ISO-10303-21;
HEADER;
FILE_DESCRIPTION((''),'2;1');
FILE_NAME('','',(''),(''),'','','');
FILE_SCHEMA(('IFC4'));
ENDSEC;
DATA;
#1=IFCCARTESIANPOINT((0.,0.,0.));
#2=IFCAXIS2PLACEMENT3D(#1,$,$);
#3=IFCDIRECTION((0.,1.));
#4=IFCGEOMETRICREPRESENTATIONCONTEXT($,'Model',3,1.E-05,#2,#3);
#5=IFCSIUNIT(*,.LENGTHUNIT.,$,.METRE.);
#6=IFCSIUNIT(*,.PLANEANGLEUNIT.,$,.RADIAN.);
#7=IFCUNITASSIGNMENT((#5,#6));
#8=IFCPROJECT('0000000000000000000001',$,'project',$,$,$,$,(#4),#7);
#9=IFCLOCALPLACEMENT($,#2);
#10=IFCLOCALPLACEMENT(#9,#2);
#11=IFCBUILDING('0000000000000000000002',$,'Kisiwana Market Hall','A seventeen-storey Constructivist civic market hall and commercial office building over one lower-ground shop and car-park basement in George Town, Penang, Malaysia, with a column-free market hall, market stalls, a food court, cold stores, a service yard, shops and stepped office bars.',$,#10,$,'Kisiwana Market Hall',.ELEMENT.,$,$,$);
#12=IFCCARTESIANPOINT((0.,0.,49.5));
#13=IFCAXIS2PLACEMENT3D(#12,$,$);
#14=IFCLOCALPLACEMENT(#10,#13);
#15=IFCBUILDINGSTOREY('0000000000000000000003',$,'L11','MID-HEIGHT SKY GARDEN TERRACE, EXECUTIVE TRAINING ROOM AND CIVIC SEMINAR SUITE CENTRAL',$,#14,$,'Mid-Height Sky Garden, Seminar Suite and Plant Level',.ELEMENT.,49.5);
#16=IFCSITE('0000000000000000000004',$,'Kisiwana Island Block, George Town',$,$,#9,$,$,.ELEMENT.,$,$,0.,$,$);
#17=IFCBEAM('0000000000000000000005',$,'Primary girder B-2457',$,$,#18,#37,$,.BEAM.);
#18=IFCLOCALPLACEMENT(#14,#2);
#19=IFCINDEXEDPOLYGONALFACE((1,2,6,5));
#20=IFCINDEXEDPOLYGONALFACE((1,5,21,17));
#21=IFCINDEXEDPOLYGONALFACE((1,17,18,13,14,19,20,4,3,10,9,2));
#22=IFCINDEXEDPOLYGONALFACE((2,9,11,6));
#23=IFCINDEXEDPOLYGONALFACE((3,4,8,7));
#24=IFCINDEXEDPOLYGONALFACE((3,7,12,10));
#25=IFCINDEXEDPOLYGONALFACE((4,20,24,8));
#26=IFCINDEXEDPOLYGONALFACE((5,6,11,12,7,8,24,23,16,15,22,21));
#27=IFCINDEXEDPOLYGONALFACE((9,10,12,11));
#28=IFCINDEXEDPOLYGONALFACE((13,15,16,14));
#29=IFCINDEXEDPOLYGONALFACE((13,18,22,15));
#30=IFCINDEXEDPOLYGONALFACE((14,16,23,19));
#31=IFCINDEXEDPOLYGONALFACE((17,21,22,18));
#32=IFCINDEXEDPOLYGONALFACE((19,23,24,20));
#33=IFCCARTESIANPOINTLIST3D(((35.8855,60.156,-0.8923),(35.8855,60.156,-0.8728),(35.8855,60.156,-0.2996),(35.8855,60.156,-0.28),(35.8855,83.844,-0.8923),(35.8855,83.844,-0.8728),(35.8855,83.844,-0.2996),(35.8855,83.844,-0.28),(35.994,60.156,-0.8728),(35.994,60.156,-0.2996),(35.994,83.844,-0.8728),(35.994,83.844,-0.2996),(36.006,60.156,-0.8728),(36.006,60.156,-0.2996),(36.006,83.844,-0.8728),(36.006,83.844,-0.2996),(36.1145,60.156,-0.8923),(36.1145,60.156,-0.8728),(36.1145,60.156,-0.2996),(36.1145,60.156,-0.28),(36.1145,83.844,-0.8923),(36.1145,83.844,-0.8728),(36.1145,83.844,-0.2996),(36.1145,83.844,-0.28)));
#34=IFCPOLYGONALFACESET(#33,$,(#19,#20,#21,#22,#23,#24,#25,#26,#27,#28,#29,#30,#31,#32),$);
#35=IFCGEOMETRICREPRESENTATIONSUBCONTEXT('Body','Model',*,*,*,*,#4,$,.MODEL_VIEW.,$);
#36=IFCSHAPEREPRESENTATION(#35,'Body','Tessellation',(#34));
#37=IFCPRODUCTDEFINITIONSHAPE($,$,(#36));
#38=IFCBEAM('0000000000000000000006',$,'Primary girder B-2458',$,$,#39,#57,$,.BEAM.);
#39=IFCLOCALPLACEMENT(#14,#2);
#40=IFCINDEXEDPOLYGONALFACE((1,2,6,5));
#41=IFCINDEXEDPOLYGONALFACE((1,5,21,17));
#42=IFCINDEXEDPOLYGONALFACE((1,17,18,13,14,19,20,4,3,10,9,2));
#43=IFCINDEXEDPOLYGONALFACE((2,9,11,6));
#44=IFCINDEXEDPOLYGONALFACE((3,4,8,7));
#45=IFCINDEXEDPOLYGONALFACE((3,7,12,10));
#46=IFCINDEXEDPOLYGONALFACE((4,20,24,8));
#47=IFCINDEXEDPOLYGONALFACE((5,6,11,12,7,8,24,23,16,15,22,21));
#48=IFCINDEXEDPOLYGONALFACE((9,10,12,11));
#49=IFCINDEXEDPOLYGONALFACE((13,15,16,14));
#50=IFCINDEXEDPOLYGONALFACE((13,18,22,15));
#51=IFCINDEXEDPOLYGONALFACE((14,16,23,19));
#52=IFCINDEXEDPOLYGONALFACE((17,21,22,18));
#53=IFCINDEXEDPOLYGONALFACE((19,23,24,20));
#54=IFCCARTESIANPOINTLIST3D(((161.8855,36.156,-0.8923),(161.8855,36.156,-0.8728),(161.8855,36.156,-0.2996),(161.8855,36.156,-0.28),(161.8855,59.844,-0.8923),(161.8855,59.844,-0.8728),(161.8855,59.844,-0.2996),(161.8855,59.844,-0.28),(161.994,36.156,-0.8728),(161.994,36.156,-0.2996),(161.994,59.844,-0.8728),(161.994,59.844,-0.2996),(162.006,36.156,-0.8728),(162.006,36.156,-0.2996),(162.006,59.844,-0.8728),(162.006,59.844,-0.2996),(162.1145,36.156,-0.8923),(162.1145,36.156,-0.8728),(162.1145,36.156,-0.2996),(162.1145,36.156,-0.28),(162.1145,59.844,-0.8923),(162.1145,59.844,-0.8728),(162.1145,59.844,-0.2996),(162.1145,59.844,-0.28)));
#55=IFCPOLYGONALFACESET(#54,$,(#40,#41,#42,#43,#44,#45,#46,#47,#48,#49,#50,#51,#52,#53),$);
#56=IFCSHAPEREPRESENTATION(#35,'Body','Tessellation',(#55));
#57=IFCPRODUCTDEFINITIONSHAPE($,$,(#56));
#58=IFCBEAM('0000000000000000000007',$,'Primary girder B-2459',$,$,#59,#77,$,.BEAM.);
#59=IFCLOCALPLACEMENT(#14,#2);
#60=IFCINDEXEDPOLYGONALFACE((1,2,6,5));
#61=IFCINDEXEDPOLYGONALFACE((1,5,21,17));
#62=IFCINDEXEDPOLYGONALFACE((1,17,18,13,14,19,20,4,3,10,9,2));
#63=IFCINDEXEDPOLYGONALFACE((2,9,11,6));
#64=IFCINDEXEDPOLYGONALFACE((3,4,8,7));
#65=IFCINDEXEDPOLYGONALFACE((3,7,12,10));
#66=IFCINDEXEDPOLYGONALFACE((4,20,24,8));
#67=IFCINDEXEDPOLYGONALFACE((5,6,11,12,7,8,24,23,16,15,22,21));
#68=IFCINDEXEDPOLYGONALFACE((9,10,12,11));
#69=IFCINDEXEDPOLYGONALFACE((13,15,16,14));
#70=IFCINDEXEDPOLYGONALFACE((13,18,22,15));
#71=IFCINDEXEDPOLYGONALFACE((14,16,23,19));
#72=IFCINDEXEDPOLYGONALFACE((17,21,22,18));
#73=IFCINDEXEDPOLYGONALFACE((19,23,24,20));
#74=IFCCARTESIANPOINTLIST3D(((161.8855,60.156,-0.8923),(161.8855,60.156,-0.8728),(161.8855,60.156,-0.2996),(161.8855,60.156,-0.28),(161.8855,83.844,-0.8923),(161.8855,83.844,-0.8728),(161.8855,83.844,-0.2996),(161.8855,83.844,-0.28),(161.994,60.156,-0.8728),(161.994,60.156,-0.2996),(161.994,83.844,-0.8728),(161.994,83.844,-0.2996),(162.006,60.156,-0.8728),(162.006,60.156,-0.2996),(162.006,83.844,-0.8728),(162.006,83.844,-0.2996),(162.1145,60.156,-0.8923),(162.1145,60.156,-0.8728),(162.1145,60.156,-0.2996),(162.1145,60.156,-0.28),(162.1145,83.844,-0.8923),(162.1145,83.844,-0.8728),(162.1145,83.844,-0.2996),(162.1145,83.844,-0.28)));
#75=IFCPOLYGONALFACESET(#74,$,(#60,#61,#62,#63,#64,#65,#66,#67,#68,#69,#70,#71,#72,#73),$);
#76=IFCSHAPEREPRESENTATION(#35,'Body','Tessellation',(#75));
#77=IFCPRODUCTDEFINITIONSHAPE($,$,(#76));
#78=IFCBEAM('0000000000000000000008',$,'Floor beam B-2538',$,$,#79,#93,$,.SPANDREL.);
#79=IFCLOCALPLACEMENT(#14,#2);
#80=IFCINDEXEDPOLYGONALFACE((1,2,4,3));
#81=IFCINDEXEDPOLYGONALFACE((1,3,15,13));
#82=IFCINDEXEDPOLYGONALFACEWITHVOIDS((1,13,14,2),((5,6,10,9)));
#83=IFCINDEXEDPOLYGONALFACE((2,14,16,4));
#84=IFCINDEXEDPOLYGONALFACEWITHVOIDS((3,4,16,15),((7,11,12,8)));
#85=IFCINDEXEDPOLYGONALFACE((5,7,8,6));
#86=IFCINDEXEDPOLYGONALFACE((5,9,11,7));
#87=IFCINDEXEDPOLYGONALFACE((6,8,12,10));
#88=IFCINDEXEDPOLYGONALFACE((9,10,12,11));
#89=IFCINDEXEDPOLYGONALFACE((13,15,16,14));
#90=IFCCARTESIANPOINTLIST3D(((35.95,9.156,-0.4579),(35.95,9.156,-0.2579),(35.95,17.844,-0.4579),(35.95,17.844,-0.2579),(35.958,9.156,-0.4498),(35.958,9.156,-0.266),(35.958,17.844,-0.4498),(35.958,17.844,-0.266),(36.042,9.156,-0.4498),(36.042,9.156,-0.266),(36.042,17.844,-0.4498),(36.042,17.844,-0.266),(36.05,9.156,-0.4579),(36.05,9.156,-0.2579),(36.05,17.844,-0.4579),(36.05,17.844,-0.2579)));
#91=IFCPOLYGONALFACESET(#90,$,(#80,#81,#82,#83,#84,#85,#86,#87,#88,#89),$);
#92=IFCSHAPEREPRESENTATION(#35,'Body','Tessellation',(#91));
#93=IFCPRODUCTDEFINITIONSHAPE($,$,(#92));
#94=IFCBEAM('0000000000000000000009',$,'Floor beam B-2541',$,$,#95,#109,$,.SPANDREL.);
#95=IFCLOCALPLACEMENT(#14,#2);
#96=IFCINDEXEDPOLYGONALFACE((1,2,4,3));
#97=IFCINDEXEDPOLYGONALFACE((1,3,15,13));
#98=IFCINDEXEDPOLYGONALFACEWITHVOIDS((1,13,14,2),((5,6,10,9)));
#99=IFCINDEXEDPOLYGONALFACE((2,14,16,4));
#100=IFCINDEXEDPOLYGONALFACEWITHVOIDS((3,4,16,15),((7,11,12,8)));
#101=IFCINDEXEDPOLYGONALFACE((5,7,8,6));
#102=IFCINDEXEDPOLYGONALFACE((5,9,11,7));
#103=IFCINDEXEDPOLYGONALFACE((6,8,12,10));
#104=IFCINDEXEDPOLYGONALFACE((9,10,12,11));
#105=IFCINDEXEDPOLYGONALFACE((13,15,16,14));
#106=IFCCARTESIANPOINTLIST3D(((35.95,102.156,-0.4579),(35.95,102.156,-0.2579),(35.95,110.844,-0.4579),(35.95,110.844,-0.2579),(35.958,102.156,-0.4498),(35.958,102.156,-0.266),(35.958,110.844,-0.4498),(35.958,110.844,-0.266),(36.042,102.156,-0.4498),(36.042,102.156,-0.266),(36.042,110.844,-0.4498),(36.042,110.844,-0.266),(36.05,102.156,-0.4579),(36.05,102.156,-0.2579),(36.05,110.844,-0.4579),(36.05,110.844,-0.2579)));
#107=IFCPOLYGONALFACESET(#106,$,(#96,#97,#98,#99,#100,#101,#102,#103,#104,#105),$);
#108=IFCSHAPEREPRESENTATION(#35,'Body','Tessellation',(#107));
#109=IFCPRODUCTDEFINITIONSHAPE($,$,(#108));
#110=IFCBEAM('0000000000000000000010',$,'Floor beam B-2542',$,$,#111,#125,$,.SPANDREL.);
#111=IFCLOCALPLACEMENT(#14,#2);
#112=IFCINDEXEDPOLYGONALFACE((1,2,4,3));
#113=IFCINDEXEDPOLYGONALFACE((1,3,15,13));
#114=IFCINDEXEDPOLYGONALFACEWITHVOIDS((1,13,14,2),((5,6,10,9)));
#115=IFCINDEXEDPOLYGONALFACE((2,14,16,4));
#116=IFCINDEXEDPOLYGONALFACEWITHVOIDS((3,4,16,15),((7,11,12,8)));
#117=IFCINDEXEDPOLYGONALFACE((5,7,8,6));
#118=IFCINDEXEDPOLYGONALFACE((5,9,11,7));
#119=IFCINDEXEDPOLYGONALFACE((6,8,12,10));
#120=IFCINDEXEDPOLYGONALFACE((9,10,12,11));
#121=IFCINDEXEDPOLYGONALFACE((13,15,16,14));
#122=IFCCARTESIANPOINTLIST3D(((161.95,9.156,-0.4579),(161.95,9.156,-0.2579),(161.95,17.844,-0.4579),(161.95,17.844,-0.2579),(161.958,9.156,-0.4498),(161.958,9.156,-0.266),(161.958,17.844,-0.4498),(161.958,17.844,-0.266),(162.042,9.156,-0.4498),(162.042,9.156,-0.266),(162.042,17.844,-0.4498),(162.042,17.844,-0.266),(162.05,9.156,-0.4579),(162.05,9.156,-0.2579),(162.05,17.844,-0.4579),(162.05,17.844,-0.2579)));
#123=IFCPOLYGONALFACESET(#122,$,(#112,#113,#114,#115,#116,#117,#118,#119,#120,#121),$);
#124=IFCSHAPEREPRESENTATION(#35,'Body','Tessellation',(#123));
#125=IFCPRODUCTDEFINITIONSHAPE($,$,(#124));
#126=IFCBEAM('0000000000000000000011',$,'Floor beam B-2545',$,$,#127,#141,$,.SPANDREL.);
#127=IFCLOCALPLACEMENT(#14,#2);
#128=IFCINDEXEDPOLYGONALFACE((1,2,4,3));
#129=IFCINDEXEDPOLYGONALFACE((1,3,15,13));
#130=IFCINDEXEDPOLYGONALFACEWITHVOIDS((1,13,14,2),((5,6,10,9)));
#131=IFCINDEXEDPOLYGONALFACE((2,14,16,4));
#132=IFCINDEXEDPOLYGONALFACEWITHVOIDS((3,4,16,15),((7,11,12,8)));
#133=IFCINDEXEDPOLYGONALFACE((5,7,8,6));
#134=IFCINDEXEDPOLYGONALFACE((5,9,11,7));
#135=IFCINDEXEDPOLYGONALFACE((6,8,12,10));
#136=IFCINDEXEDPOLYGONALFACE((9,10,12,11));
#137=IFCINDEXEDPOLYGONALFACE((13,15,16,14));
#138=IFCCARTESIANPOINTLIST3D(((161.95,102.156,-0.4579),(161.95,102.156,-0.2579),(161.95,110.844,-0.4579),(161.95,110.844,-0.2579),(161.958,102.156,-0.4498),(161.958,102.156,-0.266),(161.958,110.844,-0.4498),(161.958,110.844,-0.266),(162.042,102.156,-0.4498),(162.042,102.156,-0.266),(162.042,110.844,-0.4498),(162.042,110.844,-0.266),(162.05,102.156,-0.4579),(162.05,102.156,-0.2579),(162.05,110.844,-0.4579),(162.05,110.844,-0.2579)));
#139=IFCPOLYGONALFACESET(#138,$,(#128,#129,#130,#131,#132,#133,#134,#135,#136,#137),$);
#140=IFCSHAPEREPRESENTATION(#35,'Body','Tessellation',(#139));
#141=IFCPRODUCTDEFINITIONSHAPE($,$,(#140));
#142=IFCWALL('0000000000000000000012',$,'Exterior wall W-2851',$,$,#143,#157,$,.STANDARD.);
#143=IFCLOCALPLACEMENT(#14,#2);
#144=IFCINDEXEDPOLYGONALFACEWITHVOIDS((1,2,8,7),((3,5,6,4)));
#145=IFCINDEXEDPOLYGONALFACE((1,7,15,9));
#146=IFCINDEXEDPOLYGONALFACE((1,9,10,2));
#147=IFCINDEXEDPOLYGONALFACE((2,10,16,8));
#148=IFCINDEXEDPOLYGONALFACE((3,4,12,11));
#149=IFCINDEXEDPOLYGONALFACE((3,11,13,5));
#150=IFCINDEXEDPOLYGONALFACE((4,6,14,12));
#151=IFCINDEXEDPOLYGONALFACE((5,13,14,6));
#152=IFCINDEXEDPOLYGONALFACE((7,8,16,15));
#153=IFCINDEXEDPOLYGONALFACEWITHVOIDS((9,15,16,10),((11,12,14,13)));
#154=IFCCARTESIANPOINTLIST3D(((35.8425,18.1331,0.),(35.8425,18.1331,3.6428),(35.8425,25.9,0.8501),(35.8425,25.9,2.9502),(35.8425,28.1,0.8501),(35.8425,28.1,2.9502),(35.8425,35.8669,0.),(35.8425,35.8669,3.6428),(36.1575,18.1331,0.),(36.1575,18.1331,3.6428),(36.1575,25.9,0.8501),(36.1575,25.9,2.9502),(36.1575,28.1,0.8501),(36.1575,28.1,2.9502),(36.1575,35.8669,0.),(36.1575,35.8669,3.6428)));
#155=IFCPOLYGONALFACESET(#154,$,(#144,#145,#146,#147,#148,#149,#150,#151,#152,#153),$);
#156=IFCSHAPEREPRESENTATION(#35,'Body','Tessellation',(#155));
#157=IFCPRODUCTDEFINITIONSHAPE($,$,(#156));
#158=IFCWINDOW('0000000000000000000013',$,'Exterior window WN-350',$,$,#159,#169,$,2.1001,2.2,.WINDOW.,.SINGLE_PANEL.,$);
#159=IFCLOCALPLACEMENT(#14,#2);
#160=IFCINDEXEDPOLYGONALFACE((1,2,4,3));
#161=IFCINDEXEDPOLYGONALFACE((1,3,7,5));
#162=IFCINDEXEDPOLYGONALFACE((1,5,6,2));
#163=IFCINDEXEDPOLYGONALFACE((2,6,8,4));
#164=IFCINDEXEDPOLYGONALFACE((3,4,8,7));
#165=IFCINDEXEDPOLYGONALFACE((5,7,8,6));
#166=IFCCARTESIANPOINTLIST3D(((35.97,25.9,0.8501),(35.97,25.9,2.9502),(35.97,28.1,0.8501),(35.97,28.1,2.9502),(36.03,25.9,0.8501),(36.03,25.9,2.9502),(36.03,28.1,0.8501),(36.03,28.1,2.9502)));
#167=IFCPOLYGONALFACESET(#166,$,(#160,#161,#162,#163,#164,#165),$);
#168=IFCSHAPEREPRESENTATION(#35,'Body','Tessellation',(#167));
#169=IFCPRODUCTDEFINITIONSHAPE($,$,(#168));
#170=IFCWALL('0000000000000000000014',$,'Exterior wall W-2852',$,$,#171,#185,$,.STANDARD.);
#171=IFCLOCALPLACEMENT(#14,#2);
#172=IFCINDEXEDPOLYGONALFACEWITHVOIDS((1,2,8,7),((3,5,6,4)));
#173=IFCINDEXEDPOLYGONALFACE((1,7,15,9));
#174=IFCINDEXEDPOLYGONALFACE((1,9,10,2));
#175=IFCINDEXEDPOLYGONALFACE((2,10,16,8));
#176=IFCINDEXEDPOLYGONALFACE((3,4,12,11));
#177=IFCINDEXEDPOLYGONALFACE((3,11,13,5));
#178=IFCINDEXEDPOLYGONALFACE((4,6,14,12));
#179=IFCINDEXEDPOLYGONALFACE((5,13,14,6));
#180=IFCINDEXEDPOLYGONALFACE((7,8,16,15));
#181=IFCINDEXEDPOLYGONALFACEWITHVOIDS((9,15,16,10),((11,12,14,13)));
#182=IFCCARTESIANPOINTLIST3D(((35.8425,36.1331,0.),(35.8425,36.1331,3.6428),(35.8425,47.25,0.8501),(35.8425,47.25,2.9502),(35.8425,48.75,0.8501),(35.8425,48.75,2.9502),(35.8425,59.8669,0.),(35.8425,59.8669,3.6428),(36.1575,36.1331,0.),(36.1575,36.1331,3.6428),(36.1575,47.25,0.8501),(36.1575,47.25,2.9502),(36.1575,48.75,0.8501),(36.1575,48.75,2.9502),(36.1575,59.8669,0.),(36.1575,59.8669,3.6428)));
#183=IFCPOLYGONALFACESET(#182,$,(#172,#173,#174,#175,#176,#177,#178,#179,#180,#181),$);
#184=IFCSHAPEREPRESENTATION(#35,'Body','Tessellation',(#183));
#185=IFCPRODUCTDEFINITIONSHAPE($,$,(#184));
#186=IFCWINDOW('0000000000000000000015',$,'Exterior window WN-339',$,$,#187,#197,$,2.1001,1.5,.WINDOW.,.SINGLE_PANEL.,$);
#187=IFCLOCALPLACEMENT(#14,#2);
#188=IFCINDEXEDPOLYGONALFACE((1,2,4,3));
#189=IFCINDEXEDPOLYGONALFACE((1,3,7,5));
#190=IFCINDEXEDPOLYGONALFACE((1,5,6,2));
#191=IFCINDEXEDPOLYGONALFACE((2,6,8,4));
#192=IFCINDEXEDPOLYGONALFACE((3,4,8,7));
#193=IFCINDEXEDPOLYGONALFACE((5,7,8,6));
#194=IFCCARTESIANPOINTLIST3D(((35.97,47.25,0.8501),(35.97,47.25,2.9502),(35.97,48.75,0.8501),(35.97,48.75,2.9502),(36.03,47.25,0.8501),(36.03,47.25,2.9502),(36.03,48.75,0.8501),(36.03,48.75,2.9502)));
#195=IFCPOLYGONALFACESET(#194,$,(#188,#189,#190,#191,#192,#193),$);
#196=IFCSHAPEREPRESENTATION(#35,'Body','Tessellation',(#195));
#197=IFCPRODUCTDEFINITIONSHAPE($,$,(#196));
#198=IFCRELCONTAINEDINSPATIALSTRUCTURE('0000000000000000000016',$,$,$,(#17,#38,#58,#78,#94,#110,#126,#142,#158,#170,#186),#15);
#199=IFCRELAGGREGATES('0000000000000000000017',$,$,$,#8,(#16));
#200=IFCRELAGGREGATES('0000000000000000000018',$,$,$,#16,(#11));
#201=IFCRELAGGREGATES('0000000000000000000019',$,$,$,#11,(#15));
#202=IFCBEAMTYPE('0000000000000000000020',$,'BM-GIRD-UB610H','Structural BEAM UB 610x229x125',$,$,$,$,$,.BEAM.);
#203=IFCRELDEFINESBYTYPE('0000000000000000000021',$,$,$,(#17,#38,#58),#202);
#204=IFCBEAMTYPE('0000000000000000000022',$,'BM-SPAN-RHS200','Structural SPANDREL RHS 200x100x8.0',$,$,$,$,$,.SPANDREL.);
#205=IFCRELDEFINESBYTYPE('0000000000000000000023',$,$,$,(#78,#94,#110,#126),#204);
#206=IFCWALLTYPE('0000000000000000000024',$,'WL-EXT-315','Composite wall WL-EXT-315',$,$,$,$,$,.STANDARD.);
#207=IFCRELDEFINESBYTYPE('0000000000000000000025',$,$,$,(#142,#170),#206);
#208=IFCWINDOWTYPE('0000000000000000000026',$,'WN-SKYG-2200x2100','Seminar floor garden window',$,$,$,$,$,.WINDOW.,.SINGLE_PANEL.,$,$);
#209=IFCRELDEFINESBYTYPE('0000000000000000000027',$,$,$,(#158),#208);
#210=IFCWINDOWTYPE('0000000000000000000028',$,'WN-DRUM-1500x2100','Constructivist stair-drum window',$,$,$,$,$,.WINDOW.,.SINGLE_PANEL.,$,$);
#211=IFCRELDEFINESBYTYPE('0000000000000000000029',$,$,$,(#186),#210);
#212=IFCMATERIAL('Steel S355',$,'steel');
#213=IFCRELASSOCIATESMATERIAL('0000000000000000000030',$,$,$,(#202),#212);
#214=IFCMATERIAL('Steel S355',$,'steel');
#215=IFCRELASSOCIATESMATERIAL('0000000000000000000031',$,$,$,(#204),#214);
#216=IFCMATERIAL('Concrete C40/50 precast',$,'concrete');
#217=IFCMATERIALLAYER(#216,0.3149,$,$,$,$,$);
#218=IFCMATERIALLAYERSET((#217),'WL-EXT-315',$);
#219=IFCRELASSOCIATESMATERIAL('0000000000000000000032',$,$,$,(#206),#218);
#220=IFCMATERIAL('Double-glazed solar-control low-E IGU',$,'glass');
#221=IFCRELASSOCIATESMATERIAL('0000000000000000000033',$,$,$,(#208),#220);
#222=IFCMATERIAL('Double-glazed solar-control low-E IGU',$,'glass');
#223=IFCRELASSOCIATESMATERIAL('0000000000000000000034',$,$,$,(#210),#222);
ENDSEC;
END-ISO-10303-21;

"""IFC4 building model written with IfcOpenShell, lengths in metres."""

from ifc_helpers import new_model, si_unit, direction, frame, frame_2d, origin, origin_2d, place, context, subcontext, project, spatial, rectangle, hollow_rectangle, i_section, extrude, material, layer, layer_set, material_profile, profile_set, type_object, element, fill, save


model = new_model("IFC4")

# Units and contexts
model_context = context("Model", 3, precision=1e-05, world=origin(), true_north=direction((0.0, 1.0)))
body_context = subcontext(model_context, "Body", "Model", "MODEL_VIEW")
ifc_project = project(units=[si_unit("LENGTHUNIT", "METRE"), si_unit("PLANEANGLEUNIT", "RADIAN")], contexts=[model_context])

# Site, building, storey
site_placement = place(None, origin())
site = spatial("IfcSite", under=ifc_project, at=site_placement, Name="Kisiwana Island Block, George Town", CompositionType="ELEMENT", RefElevation=0.0)
building_placement = place(site_placement, origin())
building = spatial("IfcBuilding", under=site, at=building_placement, Name="Kisiwana Market Hall", Description="A seventeen-storey Constructivist civic market hall and commercial office building over one lower-ground shop and car-park basement in George Town, Penang, Malaysia, with a column-free market hall, market stalls, a food court, cold stores, a service yard, shops and stepped office bars.", LongName="Kisiwana Market Hall", CompositionType="ELEMENT")
storey_placement = place(building_placement, frame((0.0, 0.0, 49.5)))
storey = spatial("IfcBuildingStorey", under=building, at=storey_placement, Name="L11", Description="MID-HEIGHT SKY GARDEN TERRACE, EXECUTIVE TRAINING ROOM AND CIVIC SEMINAR SUITE CENTRAL", LongName="Mid-Height Sky Garden, Seminar Suite and Plant Level", CompositionType="ELEMENT", Elevation=49.5)

# Beams
ifc_material_1 = material(Name="Steel S355", Category="steel")
ifc_material_profile_1 = material_profile(ifc_material_1, i_section(OverallWidth=0.229, OverallDepth=0.6123, WebThickness=0.012, FlangeThickness=0.0195, at=origin_2d()), Name="UB 610x229x125")
ifc_profile_set_1 = profile_set([ifc_material_profile_1], Name="Steel S355")
beam_type_1 = type_object("IfcBeamType", Name="BM-GIRD-UB610H", Description="Structural BEAM UB 610x229x125", PredefinedType="BEAM", material=ifc_profile_set_1)
for number, where, z_axis, x_axis, name in (
    (1, (36.0, 60.156, -0.5862), (0.0, 1.0, 0.0), (-1.0, 0.0, 0.0), "Primary girder B-2457"),
    (2, (162.0, 36.156, -0.5862), (0.0, 1.0, 0.0), (-1.0, 0.0, 0.0), "Primary girder B-2458"),
    (3, (162.0, 60.156, -0.5862), (0.0, 1.0, 0.0), (-1.0, 0.0, 0.0), "Primary girder B-2459"),
):
    element("IfcBeam", number, at=place(storey_placement, frame(where, z_axis=z_axis, x_axis=x_axis)), inside=storey, type_object=beam_type_1, Name=name, PredefinedType="BEAM", context=body_context, shape_type="SweptSolid", body=[
        extrude(i_section(OverallWidth=0.229, OverallDepth=0.6123, WebThickness=0.012, FlangeThickness=0.0195, at=origin_2d()), origin(), (0.0, 0.0, 1.0), 23.688),
    ])
ifc_material_2 = material(Name="Steel S355", Category="steel")
ifc_material_profile_2 = material_profile(ifc_material_2, hollow_rectangle(XDim=0.1001, YDim=0.2, WallThickness=0.0081, at=origin_2d()), Name="RHS 200x100x8.0")
ifc_profile_set_2 = profile_set([ifc_material_profile_2], Name="Steel S355")
beam_type_2 = type_object("IfcBeamType", Name="BM-SPAN-RHS200", Description="Structural SPANDREL RHS 200x100x8.0", PredefinedType="SPANDREL", material=ifc_profile_set_2)
for number, where, z_axis, x_axis, name in (
    (4, (36.0, 9.156, -0.3579), (0.0, 1.0, 0.0), (-1.0, 0.0, 0.0), "Floor beam B-2538"),
    (5, (36.0, 102.156, -0.3579), (0.0, 1.0, 0.0), (-1.0, 0.0, 0.0), "Floor beam B-2541"),
    (6, (162.0, 9.156, -0.3579), (0.0, 1.0, 0.0), (-1.0, 0.0, 0.0), "Floor beam B-2542"),
    (7, (162.0, 102.156, -0.3579), (0.0, 1.0, 0.0), (-1.0, 0.0, 0.0), "Floor beam B-2545"),
):
    element("IfcBeam", number, at=place(storey_placement, frame(where, z_axis=z_axis, x_axis=x_axis)), inside=storey, type_object=beam_type_2, Name=name, PredefinedType="SPANDREL", context=body_context, shape_type="SweptSolid", body=[
        extrude(hollow_rectangle(XDim=0.1001, YDim=0.2, WallThickness=0.0081, at=origin_2d()), origin(), (0.0, 0.0, 1.0), 8.688),
    ])

# Walls, openings, windows
ifc_material_3 = material(Name="Concrete C40/50 precast", Category="concrete")
ifc_layer = layer(ifc_material_3, 0.3149)
ifc_layer_set = layer_set([ifc_layer], Name="WL-EXT-315")
wall_type = type_object("IfcWallType", Name="WL-EXT-315", Description="Composite wall WL-EXT-315", PredefinedType="STANDARD", material=ifc_layer_set)
wall_1_placement = place(storey_placement, frame((36.0, 18.1331, 0.0), z_axis=(0.0, 0.0, 1.0), x_axis=(0.0, 1.0, 0.0)))
wall_1 = element("IfcWall", 8, at=wall_1_placement, inside=storey, type_object=wall_type, Name="Exterior wall W-2851", PredefinedType="STANDARD", context=body_context, shape_type="SweptSolid", body=[
    extrude(rectangle(XDim=17.7339, YDim=0.3149, at=frame_2d((8.8669, 0.0))), origin(), (0.0, 0.0, 1.0), 3.6428),
])
opening_1_placement = place(wall_1_placement, frame((7.7668, 0.0, 0.8501)))
opening_1 = element("IfcOpeningElement", 9, at=opening_1_placement, cuts=wall_1, PredefinedType="OPENING", context=body_context, shape_type="SweptSolid", body=[
    extrude(rectangle(XDim=2.2, YDim=2.1001, at=frame_2d((1.1001, 1.05))), frame((0.0, 0.1694, 0.0), z_axis=(0.0, -1.0, 0.0), x_axis=(1.0, 0.0, 0.0)), (0.0, 0.0, 1.0), 0.3389),
])
ifc_material_4 = material(Name="Double-glazed solar-control low-E IGU", Category="glass")
window_type_1 = type_object("IfcWindowType", Name="WN-SKYG-2200x2100", Description="Seminar floor garden window", PartitioningType="SINGLE_PANEL", PredefinedType="WINDOW", material=ifc_material_4)
window_1_placement = place(opening_1_placement, origin())
window_1 = element("IfcWindow", 10, at=window_1_placement, inside=storey, type_object=window_type_1, Name="Exterior window WN-350", OverallHeight=2.1001, OverallWidth=2.2, PartitioningType="SINGLE_PANEL", PredefinedType="WINDOW", context=body_context, shape_type="SweptSolid", body=[
    extrude(rectangle(XDim=2.2, YDim=2.1001, at=frame_2d((1.1001, 1.05))), frame((0.0, 0.03, 0.0), z_axis=(0.0, -1.0, 0.0), x_axis=(1.0, 0.0, 0.0)), (0.0, 0.0, 1.0), 0.0601),
])
fill(opening_1, window_1)
wall_2_placement = place(storey_placement, frame((36.0, 36.1331, 0.0), z_axis=(0.0, 0.0, 1.0), x_axis=(0.0, 1.0, 0.0)))
wall_2 = element("IfcWall", 11, at=wall_2_placement, inside=storey, type_object=wall_type, Name="Exterior wall W-2852", PredefinedType="STANDARD", context=body_context, shape_type="SweptSolid", body=[
    extrude(rectangle(XDim=23.7339, YDim=0.3149, at=frame_2d((11.8669, 0.0))), origin(), (0.0, 0.0, 1.0), 3.6428),
])
opening_2_placement = place(wall_2_placement, frame((11.1169, 0.0, 0.8501)))
opening_2 = element("IfcOpeningElement", 12, at=opening_2_placement, cuts=wall_2, PredefinedType="OPENING", context=body_context, shape_type="SweptSolid", body=[
    extrude(rectangle(XDim=1.5, YDim=2.1001, at=frame_2d((0.75, 1.05))), frame((0.0, 0.1694, 0.0), z_axis=(0.0, -1.0, 0.0), x_axis=(1.0, 0.0, 0.0)), (0.0, 0.0, 1.0), 0.3389),
])
ifc_material_5 = material(Name="Double-glazed solar-control low-E IGU", Category="glass")
window_type_2 = type_object("IfcWindowType", Name="WN-DRUM-1500x2100", Description="Constructivist stair-drum window", PartitioningType="SINGLE_PANEL", PredefinedType="WINDOW", material=ifc_material_5)
window_2_placement = place(opening_2_placement, origin())
window_2 = element("IfcWindow", 13, at=window_2_placement, inside=storey, type_object=window_type_2, Name="Exterior window WN-339", OverallHeight=2.1001, OverallWidth=1.5, PartitioningType="SINGLE_PANEL", PredefinedType="WINDOW", context=body_context, shape_type="SweptSolid", body=[
    extrude(rectangle(XDim=1.5, YDim=2.1001, at=frame_2d((0.75, 1.05))), frame((0.0, 0.03, 0.0), z_axis=(0.0, -1.0, 0.0), x_axis=(1.0, 0.0, 0.0)), (0.0, 0.0, 1.0), 0.0601),
])
fill(opening_2, window_2)

save(model, "model.ifc")
